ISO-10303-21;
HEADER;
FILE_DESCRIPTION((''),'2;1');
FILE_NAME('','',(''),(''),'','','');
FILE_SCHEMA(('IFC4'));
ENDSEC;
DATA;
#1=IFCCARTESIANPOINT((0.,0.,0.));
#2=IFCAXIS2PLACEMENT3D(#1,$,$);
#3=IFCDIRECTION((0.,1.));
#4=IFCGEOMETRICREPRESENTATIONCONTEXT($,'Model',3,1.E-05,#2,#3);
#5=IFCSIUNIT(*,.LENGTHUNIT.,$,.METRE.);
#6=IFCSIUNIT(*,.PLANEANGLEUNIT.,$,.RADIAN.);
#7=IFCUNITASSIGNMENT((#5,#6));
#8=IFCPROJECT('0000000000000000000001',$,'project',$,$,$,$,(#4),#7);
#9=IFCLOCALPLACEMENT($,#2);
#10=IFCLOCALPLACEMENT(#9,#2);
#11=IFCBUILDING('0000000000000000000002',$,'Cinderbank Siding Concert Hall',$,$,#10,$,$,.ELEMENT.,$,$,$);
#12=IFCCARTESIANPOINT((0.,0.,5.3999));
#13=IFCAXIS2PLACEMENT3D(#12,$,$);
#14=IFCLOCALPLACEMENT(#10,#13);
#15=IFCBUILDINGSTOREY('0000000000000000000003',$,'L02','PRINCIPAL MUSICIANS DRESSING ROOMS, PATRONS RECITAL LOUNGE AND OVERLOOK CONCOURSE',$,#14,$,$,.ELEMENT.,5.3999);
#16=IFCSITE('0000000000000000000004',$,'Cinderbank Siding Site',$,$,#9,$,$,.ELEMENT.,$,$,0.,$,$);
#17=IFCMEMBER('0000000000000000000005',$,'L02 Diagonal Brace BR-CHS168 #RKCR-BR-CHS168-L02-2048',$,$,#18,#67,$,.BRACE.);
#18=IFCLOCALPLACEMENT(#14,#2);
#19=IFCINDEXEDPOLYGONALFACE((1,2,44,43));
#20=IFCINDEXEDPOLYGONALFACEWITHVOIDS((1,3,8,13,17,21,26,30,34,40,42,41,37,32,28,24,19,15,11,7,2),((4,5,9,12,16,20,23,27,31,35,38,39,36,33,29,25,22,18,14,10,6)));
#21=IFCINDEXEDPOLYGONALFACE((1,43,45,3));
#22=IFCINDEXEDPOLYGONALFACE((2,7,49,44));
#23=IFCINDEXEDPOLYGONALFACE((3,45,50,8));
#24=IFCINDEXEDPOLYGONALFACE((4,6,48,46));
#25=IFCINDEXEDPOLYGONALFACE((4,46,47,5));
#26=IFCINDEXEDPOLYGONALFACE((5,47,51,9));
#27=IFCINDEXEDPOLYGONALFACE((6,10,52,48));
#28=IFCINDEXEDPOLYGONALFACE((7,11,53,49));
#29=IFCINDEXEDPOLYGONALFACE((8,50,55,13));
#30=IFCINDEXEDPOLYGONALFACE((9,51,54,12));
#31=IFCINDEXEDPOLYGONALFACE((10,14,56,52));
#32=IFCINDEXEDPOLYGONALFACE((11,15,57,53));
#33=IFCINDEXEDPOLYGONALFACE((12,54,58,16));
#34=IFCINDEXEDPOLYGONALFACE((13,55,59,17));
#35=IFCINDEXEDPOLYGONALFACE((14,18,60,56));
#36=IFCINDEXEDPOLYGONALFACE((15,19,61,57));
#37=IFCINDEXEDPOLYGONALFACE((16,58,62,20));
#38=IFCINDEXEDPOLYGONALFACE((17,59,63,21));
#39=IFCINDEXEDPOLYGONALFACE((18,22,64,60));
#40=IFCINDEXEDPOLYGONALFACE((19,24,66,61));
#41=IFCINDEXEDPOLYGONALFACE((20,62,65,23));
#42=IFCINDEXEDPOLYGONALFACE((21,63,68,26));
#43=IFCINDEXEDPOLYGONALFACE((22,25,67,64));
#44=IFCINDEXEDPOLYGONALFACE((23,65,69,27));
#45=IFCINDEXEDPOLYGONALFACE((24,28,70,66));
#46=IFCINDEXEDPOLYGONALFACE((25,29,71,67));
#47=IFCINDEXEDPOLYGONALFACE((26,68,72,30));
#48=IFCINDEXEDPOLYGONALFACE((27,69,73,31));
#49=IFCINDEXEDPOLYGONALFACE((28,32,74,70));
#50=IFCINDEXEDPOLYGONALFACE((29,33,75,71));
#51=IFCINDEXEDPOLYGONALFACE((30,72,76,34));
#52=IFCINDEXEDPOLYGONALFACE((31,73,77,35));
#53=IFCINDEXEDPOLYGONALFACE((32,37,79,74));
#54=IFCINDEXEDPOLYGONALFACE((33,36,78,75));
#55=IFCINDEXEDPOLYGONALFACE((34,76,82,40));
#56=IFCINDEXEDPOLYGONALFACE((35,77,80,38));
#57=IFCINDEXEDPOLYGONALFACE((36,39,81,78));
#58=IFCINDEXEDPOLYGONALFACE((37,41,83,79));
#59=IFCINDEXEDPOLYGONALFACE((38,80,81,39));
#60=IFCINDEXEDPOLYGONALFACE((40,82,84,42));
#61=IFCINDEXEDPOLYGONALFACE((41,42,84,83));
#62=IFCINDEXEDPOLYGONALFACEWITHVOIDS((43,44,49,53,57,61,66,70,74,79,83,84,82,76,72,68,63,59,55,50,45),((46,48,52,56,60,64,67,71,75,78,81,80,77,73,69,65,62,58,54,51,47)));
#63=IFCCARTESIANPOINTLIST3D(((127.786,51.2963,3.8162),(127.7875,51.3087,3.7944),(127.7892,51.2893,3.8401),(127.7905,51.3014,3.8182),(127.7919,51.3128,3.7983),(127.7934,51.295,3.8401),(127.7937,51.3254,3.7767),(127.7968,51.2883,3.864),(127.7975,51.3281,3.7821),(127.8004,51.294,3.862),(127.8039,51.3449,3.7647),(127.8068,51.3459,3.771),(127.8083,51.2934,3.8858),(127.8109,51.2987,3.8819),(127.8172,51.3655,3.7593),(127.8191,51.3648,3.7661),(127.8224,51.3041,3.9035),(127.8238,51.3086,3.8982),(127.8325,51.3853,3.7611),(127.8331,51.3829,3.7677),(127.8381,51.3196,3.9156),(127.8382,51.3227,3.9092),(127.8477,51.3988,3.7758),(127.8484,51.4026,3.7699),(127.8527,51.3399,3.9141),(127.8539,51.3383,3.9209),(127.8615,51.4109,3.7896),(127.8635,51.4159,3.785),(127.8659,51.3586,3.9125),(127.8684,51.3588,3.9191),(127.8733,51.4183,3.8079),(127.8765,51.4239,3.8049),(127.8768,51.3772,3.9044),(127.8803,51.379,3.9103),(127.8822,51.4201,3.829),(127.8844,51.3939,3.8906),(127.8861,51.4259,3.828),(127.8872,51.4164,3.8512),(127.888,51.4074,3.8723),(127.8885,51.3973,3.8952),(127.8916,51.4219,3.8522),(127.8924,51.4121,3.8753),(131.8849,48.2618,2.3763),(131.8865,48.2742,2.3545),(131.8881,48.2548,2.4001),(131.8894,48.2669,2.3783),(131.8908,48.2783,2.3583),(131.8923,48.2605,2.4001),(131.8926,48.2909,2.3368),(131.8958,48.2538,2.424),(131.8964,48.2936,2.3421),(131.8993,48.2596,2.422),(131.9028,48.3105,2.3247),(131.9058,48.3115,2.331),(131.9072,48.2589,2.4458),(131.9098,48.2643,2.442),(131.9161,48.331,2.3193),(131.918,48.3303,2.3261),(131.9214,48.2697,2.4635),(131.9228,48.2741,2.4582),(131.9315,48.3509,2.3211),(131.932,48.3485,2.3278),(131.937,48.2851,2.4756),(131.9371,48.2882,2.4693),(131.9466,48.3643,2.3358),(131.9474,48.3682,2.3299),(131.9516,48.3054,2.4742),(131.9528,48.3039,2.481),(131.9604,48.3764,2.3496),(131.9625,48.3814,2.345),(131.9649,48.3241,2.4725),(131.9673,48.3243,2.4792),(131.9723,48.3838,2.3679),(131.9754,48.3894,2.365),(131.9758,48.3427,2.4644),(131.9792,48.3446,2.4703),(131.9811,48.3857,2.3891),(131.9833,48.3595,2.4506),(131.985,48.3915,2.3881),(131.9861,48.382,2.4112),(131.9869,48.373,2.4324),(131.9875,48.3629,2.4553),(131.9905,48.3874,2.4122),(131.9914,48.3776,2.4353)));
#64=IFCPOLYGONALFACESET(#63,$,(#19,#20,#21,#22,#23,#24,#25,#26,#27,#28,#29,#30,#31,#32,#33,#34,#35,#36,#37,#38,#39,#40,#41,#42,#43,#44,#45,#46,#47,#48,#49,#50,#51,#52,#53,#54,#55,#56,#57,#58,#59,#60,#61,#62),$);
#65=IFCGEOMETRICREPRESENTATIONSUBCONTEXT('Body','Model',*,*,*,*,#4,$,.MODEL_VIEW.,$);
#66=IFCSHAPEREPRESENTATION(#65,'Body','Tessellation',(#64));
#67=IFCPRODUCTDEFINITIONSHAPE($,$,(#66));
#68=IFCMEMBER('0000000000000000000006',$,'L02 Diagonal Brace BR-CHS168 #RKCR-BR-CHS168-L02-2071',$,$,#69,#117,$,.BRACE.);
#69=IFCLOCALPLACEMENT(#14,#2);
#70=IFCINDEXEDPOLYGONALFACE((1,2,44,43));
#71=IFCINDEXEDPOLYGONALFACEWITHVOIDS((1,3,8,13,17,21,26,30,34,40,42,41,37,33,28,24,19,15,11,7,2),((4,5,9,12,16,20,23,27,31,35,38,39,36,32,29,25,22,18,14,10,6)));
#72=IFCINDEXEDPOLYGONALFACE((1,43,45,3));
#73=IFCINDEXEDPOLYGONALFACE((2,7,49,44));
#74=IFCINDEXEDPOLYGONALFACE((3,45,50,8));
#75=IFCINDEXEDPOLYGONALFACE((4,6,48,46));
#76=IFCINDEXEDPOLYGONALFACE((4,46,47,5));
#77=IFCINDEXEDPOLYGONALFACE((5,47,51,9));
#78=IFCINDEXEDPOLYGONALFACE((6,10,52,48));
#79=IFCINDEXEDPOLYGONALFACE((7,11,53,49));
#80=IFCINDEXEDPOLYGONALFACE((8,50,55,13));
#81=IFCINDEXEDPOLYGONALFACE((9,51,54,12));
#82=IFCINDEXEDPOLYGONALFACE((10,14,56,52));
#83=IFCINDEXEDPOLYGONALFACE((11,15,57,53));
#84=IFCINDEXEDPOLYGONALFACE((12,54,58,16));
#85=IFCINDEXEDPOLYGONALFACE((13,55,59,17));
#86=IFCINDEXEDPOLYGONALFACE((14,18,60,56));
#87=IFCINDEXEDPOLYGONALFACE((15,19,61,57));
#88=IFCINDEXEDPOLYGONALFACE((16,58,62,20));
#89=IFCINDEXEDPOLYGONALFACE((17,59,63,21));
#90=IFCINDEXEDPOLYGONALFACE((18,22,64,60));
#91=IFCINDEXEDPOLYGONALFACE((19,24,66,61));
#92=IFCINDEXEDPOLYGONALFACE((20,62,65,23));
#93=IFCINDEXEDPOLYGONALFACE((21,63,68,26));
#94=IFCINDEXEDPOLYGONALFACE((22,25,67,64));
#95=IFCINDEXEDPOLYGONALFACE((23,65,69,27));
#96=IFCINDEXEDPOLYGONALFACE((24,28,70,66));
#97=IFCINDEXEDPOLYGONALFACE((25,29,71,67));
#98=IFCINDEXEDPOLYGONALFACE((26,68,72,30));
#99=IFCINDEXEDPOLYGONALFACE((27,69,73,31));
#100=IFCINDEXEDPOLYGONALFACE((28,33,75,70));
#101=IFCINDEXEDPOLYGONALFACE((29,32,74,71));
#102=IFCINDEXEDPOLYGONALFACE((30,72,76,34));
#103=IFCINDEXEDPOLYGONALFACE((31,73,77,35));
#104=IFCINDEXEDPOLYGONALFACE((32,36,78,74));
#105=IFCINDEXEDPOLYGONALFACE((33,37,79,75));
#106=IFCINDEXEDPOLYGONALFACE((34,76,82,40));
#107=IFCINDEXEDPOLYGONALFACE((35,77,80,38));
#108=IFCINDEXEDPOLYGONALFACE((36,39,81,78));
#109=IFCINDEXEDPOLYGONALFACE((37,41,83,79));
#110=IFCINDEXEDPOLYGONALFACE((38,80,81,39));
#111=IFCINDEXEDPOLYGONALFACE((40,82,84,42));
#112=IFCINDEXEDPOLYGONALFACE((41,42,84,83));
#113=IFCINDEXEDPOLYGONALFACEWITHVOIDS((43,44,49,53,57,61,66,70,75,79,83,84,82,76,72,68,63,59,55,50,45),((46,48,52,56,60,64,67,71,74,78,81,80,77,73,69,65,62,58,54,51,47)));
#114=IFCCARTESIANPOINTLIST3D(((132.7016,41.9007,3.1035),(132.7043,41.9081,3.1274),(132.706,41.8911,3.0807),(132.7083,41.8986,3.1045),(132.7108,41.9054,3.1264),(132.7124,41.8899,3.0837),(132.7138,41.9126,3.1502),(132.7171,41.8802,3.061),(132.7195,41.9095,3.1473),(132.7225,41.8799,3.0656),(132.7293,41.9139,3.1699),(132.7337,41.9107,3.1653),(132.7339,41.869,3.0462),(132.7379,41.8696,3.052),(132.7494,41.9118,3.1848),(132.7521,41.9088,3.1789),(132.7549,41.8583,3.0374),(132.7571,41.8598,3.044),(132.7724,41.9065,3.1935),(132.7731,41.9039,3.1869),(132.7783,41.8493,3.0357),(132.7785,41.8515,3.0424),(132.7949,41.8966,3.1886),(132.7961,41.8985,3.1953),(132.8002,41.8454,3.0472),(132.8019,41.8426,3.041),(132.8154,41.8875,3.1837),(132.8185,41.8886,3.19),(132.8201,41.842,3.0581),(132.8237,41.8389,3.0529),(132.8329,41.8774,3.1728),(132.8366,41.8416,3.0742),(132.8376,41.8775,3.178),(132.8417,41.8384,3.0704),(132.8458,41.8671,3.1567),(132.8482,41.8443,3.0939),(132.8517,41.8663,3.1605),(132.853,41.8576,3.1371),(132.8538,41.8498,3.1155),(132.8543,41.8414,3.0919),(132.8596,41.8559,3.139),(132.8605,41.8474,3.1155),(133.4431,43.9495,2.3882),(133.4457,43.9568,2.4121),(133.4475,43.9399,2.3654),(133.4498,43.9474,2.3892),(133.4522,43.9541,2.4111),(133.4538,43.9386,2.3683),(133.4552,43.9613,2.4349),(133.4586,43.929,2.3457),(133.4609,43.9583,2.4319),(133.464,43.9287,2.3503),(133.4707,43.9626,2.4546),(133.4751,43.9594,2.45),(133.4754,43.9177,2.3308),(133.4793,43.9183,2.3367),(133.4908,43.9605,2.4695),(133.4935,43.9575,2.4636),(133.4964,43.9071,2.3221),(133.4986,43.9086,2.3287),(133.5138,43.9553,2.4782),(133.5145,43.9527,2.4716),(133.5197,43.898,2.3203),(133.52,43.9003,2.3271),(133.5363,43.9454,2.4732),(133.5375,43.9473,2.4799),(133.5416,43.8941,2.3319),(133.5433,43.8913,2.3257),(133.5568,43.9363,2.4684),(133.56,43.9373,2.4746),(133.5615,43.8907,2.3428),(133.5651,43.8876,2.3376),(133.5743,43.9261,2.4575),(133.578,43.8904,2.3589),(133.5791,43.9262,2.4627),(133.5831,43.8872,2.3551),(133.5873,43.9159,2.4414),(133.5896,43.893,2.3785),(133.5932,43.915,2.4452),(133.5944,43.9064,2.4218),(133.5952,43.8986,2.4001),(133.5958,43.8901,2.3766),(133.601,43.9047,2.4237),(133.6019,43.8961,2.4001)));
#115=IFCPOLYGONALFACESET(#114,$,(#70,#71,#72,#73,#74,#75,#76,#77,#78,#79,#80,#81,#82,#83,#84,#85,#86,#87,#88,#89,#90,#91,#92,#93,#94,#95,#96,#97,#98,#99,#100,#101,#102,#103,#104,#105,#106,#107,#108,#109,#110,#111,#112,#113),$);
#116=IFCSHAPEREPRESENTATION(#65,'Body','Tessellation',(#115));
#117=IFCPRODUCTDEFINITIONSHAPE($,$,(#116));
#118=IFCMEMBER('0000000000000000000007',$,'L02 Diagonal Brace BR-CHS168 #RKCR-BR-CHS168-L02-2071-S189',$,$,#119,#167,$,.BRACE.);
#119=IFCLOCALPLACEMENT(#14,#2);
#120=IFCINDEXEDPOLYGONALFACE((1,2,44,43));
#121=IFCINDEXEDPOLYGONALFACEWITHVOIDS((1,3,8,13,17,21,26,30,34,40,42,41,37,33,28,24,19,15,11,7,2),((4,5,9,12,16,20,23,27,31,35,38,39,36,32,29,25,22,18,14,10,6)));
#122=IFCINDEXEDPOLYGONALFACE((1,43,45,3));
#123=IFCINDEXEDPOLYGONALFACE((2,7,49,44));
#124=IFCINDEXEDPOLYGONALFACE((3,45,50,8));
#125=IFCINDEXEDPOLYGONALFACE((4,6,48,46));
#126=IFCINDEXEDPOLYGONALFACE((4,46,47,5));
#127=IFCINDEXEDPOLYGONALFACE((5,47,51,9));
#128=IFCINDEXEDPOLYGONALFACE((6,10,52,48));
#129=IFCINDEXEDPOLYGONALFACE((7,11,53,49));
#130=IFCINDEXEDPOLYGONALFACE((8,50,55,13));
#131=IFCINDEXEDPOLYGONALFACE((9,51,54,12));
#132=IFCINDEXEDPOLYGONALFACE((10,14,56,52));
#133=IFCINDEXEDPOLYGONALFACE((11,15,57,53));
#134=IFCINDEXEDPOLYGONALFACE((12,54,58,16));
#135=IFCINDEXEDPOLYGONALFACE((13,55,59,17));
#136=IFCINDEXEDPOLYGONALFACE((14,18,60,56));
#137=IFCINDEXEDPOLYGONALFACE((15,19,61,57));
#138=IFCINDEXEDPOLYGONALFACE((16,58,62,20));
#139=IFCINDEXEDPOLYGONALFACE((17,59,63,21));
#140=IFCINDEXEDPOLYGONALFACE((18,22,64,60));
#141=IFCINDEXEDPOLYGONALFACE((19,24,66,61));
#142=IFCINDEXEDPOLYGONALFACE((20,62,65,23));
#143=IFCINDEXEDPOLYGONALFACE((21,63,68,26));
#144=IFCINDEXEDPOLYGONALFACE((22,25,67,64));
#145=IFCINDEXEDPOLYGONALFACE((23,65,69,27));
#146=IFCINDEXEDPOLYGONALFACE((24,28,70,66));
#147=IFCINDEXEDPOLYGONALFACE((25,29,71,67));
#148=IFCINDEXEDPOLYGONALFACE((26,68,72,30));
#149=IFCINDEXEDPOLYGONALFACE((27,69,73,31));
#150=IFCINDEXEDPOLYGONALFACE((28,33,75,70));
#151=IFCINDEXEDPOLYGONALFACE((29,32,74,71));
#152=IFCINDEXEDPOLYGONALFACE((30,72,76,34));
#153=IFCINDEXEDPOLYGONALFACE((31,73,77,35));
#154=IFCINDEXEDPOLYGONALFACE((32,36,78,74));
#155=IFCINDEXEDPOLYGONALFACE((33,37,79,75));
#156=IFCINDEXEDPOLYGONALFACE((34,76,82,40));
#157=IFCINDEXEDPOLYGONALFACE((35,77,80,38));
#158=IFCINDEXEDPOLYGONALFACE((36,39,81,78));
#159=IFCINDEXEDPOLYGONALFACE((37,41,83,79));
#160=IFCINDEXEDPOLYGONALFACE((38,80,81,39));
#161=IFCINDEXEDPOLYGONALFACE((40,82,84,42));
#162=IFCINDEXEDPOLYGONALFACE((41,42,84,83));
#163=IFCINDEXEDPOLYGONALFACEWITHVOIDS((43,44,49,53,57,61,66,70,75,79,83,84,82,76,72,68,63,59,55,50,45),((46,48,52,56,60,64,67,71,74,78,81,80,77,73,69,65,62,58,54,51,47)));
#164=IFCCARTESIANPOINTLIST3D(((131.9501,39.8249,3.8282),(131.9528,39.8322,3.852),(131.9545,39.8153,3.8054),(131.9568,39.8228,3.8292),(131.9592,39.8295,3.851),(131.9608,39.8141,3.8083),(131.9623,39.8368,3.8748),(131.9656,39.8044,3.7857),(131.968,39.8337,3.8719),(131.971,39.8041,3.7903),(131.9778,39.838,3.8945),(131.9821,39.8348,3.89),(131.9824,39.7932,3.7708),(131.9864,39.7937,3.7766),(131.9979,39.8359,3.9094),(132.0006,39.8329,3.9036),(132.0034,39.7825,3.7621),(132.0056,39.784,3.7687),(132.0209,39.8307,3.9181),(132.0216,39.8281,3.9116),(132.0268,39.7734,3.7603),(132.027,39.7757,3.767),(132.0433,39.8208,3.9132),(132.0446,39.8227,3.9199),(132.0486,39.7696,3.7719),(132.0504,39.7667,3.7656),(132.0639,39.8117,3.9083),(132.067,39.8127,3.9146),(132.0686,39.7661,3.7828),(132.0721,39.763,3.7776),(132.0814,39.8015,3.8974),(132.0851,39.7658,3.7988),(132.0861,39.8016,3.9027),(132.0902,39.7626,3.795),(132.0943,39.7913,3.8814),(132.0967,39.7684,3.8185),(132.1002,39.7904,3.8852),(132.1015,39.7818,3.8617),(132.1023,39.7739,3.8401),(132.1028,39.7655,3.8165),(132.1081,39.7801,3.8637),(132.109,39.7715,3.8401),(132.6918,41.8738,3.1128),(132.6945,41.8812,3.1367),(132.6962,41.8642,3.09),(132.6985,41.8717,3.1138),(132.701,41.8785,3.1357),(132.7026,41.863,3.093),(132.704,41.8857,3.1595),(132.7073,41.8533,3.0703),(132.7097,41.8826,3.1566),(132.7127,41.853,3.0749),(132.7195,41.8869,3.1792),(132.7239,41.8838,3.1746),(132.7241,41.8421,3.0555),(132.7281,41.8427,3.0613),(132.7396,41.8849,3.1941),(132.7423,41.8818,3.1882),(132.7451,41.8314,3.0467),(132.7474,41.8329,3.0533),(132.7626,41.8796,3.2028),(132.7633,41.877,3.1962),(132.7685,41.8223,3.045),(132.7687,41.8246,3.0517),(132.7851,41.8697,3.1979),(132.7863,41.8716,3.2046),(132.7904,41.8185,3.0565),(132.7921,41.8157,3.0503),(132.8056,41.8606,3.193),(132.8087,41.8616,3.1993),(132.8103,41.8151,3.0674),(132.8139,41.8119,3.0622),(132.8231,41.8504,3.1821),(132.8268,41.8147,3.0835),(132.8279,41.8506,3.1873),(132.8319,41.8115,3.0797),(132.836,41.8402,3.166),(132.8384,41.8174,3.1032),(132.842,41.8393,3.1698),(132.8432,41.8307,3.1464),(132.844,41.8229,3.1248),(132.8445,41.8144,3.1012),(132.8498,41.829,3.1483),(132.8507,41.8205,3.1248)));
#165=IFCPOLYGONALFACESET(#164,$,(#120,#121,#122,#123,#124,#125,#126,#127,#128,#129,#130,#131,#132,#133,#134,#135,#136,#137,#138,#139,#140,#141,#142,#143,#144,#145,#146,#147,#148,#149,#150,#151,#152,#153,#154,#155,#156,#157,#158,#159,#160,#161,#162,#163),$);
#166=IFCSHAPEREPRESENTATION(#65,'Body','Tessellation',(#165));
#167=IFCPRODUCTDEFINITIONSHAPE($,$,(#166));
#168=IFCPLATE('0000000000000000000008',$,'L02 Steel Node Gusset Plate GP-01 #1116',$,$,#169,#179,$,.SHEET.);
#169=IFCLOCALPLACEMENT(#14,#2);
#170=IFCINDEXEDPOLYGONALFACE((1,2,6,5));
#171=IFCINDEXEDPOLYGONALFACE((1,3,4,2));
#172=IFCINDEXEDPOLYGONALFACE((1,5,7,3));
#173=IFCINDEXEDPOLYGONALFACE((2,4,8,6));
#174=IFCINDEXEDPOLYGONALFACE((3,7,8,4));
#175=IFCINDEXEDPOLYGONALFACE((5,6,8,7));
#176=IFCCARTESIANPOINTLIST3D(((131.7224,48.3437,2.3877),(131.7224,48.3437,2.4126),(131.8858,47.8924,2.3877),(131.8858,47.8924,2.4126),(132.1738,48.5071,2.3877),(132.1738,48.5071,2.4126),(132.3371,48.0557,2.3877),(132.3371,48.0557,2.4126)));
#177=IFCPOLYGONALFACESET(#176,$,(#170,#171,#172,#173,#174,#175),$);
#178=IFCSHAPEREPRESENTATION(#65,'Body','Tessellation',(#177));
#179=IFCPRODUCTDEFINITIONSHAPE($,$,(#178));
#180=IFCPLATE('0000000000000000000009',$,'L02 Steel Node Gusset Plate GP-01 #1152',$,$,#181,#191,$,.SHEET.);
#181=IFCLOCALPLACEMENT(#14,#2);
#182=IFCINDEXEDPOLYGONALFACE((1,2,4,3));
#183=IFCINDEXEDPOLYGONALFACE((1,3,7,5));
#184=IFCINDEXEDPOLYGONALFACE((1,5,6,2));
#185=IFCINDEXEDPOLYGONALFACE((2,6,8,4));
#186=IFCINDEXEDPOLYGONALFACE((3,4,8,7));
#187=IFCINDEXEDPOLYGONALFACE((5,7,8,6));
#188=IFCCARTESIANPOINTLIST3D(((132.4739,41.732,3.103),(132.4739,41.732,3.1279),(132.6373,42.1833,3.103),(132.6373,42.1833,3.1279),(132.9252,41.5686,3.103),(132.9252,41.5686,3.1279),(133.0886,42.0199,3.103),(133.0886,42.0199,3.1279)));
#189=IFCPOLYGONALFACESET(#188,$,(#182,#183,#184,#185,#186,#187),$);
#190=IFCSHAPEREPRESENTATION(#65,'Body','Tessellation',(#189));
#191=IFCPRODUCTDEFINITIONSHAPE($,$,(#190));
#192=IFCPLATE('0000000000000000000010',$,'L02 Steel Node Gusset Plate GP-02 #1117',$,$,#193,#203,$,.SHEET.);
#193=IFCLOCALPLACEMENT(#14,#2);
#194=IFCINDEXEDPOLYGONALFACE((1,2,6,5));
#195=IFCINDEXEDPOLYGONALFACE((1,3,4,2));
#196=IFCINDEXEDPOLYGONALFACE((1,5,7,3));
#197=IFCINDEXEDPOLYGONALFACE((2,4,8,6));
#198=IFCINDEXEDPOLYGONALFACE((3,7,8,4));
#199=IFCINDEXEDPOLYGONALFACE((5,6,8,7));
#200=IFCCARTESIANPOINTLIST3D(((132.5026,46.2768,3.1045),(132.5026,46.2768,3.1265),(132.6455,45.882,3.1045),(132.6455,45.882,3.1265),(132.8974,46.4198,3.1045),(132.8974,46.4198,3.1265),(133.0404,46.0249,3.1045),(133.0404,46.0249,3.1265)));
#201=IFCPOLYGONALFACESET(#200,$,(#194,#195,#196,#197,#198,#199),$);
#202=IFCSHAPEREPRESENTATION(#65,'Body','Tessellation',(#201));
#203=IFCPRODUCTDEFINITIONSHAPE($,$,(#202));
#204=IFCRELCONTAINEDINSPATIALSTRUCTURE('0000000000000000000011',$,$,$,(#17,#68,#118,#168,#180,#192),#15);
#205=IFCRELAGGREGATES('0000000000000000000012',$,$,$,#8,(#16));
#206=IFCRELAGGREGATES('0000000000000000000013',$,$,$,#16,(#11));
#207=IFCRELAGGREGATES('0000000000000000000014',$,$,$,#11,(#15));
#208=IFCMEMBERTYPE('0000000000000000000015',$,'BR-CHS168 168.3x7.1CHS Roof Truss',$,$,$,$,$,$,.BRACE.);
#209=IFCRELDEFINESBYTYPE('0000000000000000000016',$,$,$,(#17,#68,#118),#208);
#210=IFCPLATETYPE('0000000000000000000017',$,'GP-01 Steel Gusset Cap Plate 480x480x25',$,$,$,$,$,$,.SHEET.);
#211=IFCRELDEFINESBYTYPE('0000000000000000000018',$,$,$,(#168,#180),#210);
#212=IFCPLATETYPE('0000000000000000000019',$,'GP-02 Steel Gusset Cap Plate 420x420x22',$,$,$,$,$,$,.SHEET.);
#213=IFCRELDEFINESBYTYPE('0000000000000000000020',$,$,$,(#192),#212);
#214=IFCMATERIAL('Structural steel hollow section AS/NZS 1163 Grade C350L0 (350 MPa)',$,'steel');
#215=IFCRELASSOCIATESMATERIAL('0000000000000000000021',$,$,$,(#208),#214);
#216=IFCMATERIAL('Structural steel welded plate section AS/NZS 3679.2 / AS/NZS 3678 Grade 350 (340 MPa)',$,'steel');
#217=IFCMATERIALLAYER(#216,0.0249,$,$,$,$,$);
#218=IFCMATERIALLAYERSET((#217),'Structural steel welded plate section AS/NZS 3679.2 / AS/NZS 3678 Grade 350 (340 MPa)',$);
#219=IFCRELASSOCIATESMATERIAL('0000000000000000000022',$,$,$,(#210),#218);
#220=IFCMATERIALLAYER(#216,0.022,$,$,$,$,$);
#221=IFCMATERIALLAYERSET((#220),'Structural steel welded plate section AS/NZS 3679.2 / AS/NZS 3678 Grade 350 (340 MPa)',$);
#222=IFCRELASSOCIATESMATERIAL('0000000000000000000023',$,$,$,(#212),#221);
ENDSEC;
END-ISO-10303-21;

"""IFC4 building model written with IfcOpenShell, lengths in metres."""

from ifc_helpers import new_model, si_unit, direction, frame, origin, origin_2d, place, context, subcontext, project, spatial, rectangle, hollow_circle, extrude, material, layer, layer_set, material_profile, profile_set, type_object, element, save


model = new_model("IFC4")

# Units and contexts
model_context = context("Model", 3, precision=1e-05, world=origin(), true_north=direction((0.0, 1.0)))
body_context = subcontext(model_context, "Body", "Model", "MODEL_VIEW")
ifc_project = project(units=[si_unit("LENGTHUNIT", "METRE"), si_unit("PLANEANGLEUNIT", "RADIAN")], contexts=[model_context])

# Site, building, storey
site_placement = place(None, origin())
site = spatial("IfcSite", under=ifc_project, at=site_placement, Name="Cinderbank Siding Site", CompositionType="ELEMENT", RefElevation=0.0)
building_placement = place(site_placement, origin())
building = spatial("IfcBuilding", under=site, at=building_placement, Name="Cinderbank Siding Concert Hall", CompositionType="ELEMENT")
storey_placement = place(building_placement, frame((0.0, 0.0, 5.3999)))
storey = spatial("IfcBuildingStorey", under=building, at=storey_placement, Name="L02", Description="PRINCIPAL MUSICIANS DRESSING ROOMS, PATRONS RECITAL LOUNGE AND OVERLOOK CONCOURSE", CompositionType="ELEMENT", Elevation=5.3999)

# Shared definitions
ifc_material_1 = material(Name="Structural steel hollow section AS/NZS 1163 Grade C350L0 (350 MPa)", Category="steel")

# Members
ifc_material_profile_1 = material_profile(ifc_material_1, hollow_circle(Radius=0.0842, WallThickness=0.0071, at=origin_2d()), Name="168.3x7.1CHS", Category="LoadBearing")
ifc_profile_set_1 = profile_set([ifc_material_profile_1], Name="Structural steel hollow section AS/NZS 1163 Grade C350L0 (350 MPa)")
member_type = type_object("IfcMemberType", Name="BR-CHS168 168.3x7.1CHS Roof Truss", PredefinedType="BRACE", material=ifc_profile_set_1)
member_1_placement = place(storey_placement, frame((131.9382, 48.3225, 2.4001), z_axis=(-0.773484, 0.572615, 0.271726), x_axis=(-0.595002, -0.803724, 0.0)))
element("IfcMember", 1, at=member_1_placement, inside=storey, type_object=member_type, Name="L02 Diagonal Brace BR-CHS168 #RKCR-BR-CHS168-L02-2048", PredefinedType="BRACE", context=body_context, shape_type="SweptSolid", body=[
    extrude(hollow_circle(Radius=0.0842, WallThickness=0.0071, at=origin_2d()), origin(), (0.0, 0.0, 1.0), 5.2993),
])
member_2_placement = place(storey_placement, frame((133.5227, 43.9248, 2.4001), z_axis=(-0.323316, -0.893404, 0.311925), x_axis=(0.940319, -0.340294, 0.0)))
element("IfcMember", 2, at=member_2_placement, inside=storey, type_object=member_type, Name="L02 Diagonal Brace BR-CHS168 #RKCR-BR-CHS168-L02-2071", PredefinedType="BRACE", context=body_context, shape_type="SweptSolid", body=[
    extrude(hollow_circle(Radius=0.0842, WallThickness=0.0071, at=origin_2d()), origin(), (0.0, 0.0, 1.0), 2.2932),
])
member_3_placement = place(storey_placement, frame((132.7715, 41.8491, 3.1248), z_axis=(-0.323411, -0.893373, 0.311914), x_axis=(0.940283, -0.340393, 0.0)))
element("IfcMember", 3, at=member_3_placement, inside=storey, type_object=member_type, Name="L02 Diagonal Brace BR-CHS168 #RKCR-BR-CHS168-L02-2071-S189", PredefinedType="BRACE", context=body_context, shape_type="SweptSolid", body=[
    extrude(hollow_circle(Radius=0.0842, WallThickness=0.0071, at=origin_2d()), origin(), (0.0, 0.0, 1.0), 2.2935),
])

# Plates
ifc_material_2 = material(Name="Structural steel welded plate section AS/NZS 3679.2 / AS/NZS 3678 Grade 350 (340 MPa)", Category="steel")
ifc_layer_1 = layer(ifc_material_2, 0.0249)
ifc_layer_set_1 = layer_set([ifc_layer_1], Name="Structural steel welded plate section AS/NZS 3679.2 / AS/NZS 3678 Grade 350 (340 MPa)")
plate_type_1 = type_object("IfcPlateType", Name="GP-01 Steel Gusset Cap Plate 480x480x25", PredefinedType="SHEET", material=ifc_layer_set_1)
for number, where, z_axis, x_axis, name in (
    (4, (132.0298, 48.1997, 2.3877), (0.0, 0.0, 1.0), (0.34038, -0.940288, 0.0), "L02 Steel Node Gusset Plate GP-01 #1116"),
    (5, (132.7812, 41.876, 3.103), (0.0, 0.0, 1.0), (-0.34038, -0.940288, 0.0), "L02 Steel Node Gusset Plate GP-01 #1152"),
):
    element("IfcPlate", number, at=place(storey_placement, frame(where, z_axis=z_axis, x_axis=x_axis)), inside=storey, type_object=plate_type_1, Name=name, PredefinedType="SHEET", context=body_context, shape_type="SweptSolid", body=[
        extrude(rectangle(XDim=0.48, YDim=0.48, at=origin_2d()), origin(), (0.0, 0.0, 1.0), 0.0249),
    ])
ifc_layer_2 = layer(ifc_material_2, 0.022)
ifc_layer_set_2 = layer_set([ifc_layer_2], Name="Structural steel welded plate section AS/NZS 3679.2 / AS/NZS 3678 Grade 350 (340 MPa)")
plate_type_2 = type_object("IfcPlateType", Name="GP-02 Steel Gusset Cap Plate 420x420x22", PredefinedType="SHEET", material=ifc_layer_set_2)
plate_1_placement = place(storey_placement, frame((132.7715, 46.1509, 3.1045), z_axis=(0.0, 0.0, 1.0), x_axis=(0.34038, -0.940288, 0.0)))
element("IfcPlate", 6, at=plate_1_placement, inside=storey, type_object=plate_type_2, Name="L02 Steel Node Gusset Plate GP-02 #1117", PredefinedType="SHEET", context=body_context, shape_type="SweptSolid", body=[
    extrude(rectangle(XDim=0.4199, YDim=0.4199, at=origin_2d()), origin(), (0.0, 0.0, 1.0), 0.022),
])

save(model, "model.ifc")
